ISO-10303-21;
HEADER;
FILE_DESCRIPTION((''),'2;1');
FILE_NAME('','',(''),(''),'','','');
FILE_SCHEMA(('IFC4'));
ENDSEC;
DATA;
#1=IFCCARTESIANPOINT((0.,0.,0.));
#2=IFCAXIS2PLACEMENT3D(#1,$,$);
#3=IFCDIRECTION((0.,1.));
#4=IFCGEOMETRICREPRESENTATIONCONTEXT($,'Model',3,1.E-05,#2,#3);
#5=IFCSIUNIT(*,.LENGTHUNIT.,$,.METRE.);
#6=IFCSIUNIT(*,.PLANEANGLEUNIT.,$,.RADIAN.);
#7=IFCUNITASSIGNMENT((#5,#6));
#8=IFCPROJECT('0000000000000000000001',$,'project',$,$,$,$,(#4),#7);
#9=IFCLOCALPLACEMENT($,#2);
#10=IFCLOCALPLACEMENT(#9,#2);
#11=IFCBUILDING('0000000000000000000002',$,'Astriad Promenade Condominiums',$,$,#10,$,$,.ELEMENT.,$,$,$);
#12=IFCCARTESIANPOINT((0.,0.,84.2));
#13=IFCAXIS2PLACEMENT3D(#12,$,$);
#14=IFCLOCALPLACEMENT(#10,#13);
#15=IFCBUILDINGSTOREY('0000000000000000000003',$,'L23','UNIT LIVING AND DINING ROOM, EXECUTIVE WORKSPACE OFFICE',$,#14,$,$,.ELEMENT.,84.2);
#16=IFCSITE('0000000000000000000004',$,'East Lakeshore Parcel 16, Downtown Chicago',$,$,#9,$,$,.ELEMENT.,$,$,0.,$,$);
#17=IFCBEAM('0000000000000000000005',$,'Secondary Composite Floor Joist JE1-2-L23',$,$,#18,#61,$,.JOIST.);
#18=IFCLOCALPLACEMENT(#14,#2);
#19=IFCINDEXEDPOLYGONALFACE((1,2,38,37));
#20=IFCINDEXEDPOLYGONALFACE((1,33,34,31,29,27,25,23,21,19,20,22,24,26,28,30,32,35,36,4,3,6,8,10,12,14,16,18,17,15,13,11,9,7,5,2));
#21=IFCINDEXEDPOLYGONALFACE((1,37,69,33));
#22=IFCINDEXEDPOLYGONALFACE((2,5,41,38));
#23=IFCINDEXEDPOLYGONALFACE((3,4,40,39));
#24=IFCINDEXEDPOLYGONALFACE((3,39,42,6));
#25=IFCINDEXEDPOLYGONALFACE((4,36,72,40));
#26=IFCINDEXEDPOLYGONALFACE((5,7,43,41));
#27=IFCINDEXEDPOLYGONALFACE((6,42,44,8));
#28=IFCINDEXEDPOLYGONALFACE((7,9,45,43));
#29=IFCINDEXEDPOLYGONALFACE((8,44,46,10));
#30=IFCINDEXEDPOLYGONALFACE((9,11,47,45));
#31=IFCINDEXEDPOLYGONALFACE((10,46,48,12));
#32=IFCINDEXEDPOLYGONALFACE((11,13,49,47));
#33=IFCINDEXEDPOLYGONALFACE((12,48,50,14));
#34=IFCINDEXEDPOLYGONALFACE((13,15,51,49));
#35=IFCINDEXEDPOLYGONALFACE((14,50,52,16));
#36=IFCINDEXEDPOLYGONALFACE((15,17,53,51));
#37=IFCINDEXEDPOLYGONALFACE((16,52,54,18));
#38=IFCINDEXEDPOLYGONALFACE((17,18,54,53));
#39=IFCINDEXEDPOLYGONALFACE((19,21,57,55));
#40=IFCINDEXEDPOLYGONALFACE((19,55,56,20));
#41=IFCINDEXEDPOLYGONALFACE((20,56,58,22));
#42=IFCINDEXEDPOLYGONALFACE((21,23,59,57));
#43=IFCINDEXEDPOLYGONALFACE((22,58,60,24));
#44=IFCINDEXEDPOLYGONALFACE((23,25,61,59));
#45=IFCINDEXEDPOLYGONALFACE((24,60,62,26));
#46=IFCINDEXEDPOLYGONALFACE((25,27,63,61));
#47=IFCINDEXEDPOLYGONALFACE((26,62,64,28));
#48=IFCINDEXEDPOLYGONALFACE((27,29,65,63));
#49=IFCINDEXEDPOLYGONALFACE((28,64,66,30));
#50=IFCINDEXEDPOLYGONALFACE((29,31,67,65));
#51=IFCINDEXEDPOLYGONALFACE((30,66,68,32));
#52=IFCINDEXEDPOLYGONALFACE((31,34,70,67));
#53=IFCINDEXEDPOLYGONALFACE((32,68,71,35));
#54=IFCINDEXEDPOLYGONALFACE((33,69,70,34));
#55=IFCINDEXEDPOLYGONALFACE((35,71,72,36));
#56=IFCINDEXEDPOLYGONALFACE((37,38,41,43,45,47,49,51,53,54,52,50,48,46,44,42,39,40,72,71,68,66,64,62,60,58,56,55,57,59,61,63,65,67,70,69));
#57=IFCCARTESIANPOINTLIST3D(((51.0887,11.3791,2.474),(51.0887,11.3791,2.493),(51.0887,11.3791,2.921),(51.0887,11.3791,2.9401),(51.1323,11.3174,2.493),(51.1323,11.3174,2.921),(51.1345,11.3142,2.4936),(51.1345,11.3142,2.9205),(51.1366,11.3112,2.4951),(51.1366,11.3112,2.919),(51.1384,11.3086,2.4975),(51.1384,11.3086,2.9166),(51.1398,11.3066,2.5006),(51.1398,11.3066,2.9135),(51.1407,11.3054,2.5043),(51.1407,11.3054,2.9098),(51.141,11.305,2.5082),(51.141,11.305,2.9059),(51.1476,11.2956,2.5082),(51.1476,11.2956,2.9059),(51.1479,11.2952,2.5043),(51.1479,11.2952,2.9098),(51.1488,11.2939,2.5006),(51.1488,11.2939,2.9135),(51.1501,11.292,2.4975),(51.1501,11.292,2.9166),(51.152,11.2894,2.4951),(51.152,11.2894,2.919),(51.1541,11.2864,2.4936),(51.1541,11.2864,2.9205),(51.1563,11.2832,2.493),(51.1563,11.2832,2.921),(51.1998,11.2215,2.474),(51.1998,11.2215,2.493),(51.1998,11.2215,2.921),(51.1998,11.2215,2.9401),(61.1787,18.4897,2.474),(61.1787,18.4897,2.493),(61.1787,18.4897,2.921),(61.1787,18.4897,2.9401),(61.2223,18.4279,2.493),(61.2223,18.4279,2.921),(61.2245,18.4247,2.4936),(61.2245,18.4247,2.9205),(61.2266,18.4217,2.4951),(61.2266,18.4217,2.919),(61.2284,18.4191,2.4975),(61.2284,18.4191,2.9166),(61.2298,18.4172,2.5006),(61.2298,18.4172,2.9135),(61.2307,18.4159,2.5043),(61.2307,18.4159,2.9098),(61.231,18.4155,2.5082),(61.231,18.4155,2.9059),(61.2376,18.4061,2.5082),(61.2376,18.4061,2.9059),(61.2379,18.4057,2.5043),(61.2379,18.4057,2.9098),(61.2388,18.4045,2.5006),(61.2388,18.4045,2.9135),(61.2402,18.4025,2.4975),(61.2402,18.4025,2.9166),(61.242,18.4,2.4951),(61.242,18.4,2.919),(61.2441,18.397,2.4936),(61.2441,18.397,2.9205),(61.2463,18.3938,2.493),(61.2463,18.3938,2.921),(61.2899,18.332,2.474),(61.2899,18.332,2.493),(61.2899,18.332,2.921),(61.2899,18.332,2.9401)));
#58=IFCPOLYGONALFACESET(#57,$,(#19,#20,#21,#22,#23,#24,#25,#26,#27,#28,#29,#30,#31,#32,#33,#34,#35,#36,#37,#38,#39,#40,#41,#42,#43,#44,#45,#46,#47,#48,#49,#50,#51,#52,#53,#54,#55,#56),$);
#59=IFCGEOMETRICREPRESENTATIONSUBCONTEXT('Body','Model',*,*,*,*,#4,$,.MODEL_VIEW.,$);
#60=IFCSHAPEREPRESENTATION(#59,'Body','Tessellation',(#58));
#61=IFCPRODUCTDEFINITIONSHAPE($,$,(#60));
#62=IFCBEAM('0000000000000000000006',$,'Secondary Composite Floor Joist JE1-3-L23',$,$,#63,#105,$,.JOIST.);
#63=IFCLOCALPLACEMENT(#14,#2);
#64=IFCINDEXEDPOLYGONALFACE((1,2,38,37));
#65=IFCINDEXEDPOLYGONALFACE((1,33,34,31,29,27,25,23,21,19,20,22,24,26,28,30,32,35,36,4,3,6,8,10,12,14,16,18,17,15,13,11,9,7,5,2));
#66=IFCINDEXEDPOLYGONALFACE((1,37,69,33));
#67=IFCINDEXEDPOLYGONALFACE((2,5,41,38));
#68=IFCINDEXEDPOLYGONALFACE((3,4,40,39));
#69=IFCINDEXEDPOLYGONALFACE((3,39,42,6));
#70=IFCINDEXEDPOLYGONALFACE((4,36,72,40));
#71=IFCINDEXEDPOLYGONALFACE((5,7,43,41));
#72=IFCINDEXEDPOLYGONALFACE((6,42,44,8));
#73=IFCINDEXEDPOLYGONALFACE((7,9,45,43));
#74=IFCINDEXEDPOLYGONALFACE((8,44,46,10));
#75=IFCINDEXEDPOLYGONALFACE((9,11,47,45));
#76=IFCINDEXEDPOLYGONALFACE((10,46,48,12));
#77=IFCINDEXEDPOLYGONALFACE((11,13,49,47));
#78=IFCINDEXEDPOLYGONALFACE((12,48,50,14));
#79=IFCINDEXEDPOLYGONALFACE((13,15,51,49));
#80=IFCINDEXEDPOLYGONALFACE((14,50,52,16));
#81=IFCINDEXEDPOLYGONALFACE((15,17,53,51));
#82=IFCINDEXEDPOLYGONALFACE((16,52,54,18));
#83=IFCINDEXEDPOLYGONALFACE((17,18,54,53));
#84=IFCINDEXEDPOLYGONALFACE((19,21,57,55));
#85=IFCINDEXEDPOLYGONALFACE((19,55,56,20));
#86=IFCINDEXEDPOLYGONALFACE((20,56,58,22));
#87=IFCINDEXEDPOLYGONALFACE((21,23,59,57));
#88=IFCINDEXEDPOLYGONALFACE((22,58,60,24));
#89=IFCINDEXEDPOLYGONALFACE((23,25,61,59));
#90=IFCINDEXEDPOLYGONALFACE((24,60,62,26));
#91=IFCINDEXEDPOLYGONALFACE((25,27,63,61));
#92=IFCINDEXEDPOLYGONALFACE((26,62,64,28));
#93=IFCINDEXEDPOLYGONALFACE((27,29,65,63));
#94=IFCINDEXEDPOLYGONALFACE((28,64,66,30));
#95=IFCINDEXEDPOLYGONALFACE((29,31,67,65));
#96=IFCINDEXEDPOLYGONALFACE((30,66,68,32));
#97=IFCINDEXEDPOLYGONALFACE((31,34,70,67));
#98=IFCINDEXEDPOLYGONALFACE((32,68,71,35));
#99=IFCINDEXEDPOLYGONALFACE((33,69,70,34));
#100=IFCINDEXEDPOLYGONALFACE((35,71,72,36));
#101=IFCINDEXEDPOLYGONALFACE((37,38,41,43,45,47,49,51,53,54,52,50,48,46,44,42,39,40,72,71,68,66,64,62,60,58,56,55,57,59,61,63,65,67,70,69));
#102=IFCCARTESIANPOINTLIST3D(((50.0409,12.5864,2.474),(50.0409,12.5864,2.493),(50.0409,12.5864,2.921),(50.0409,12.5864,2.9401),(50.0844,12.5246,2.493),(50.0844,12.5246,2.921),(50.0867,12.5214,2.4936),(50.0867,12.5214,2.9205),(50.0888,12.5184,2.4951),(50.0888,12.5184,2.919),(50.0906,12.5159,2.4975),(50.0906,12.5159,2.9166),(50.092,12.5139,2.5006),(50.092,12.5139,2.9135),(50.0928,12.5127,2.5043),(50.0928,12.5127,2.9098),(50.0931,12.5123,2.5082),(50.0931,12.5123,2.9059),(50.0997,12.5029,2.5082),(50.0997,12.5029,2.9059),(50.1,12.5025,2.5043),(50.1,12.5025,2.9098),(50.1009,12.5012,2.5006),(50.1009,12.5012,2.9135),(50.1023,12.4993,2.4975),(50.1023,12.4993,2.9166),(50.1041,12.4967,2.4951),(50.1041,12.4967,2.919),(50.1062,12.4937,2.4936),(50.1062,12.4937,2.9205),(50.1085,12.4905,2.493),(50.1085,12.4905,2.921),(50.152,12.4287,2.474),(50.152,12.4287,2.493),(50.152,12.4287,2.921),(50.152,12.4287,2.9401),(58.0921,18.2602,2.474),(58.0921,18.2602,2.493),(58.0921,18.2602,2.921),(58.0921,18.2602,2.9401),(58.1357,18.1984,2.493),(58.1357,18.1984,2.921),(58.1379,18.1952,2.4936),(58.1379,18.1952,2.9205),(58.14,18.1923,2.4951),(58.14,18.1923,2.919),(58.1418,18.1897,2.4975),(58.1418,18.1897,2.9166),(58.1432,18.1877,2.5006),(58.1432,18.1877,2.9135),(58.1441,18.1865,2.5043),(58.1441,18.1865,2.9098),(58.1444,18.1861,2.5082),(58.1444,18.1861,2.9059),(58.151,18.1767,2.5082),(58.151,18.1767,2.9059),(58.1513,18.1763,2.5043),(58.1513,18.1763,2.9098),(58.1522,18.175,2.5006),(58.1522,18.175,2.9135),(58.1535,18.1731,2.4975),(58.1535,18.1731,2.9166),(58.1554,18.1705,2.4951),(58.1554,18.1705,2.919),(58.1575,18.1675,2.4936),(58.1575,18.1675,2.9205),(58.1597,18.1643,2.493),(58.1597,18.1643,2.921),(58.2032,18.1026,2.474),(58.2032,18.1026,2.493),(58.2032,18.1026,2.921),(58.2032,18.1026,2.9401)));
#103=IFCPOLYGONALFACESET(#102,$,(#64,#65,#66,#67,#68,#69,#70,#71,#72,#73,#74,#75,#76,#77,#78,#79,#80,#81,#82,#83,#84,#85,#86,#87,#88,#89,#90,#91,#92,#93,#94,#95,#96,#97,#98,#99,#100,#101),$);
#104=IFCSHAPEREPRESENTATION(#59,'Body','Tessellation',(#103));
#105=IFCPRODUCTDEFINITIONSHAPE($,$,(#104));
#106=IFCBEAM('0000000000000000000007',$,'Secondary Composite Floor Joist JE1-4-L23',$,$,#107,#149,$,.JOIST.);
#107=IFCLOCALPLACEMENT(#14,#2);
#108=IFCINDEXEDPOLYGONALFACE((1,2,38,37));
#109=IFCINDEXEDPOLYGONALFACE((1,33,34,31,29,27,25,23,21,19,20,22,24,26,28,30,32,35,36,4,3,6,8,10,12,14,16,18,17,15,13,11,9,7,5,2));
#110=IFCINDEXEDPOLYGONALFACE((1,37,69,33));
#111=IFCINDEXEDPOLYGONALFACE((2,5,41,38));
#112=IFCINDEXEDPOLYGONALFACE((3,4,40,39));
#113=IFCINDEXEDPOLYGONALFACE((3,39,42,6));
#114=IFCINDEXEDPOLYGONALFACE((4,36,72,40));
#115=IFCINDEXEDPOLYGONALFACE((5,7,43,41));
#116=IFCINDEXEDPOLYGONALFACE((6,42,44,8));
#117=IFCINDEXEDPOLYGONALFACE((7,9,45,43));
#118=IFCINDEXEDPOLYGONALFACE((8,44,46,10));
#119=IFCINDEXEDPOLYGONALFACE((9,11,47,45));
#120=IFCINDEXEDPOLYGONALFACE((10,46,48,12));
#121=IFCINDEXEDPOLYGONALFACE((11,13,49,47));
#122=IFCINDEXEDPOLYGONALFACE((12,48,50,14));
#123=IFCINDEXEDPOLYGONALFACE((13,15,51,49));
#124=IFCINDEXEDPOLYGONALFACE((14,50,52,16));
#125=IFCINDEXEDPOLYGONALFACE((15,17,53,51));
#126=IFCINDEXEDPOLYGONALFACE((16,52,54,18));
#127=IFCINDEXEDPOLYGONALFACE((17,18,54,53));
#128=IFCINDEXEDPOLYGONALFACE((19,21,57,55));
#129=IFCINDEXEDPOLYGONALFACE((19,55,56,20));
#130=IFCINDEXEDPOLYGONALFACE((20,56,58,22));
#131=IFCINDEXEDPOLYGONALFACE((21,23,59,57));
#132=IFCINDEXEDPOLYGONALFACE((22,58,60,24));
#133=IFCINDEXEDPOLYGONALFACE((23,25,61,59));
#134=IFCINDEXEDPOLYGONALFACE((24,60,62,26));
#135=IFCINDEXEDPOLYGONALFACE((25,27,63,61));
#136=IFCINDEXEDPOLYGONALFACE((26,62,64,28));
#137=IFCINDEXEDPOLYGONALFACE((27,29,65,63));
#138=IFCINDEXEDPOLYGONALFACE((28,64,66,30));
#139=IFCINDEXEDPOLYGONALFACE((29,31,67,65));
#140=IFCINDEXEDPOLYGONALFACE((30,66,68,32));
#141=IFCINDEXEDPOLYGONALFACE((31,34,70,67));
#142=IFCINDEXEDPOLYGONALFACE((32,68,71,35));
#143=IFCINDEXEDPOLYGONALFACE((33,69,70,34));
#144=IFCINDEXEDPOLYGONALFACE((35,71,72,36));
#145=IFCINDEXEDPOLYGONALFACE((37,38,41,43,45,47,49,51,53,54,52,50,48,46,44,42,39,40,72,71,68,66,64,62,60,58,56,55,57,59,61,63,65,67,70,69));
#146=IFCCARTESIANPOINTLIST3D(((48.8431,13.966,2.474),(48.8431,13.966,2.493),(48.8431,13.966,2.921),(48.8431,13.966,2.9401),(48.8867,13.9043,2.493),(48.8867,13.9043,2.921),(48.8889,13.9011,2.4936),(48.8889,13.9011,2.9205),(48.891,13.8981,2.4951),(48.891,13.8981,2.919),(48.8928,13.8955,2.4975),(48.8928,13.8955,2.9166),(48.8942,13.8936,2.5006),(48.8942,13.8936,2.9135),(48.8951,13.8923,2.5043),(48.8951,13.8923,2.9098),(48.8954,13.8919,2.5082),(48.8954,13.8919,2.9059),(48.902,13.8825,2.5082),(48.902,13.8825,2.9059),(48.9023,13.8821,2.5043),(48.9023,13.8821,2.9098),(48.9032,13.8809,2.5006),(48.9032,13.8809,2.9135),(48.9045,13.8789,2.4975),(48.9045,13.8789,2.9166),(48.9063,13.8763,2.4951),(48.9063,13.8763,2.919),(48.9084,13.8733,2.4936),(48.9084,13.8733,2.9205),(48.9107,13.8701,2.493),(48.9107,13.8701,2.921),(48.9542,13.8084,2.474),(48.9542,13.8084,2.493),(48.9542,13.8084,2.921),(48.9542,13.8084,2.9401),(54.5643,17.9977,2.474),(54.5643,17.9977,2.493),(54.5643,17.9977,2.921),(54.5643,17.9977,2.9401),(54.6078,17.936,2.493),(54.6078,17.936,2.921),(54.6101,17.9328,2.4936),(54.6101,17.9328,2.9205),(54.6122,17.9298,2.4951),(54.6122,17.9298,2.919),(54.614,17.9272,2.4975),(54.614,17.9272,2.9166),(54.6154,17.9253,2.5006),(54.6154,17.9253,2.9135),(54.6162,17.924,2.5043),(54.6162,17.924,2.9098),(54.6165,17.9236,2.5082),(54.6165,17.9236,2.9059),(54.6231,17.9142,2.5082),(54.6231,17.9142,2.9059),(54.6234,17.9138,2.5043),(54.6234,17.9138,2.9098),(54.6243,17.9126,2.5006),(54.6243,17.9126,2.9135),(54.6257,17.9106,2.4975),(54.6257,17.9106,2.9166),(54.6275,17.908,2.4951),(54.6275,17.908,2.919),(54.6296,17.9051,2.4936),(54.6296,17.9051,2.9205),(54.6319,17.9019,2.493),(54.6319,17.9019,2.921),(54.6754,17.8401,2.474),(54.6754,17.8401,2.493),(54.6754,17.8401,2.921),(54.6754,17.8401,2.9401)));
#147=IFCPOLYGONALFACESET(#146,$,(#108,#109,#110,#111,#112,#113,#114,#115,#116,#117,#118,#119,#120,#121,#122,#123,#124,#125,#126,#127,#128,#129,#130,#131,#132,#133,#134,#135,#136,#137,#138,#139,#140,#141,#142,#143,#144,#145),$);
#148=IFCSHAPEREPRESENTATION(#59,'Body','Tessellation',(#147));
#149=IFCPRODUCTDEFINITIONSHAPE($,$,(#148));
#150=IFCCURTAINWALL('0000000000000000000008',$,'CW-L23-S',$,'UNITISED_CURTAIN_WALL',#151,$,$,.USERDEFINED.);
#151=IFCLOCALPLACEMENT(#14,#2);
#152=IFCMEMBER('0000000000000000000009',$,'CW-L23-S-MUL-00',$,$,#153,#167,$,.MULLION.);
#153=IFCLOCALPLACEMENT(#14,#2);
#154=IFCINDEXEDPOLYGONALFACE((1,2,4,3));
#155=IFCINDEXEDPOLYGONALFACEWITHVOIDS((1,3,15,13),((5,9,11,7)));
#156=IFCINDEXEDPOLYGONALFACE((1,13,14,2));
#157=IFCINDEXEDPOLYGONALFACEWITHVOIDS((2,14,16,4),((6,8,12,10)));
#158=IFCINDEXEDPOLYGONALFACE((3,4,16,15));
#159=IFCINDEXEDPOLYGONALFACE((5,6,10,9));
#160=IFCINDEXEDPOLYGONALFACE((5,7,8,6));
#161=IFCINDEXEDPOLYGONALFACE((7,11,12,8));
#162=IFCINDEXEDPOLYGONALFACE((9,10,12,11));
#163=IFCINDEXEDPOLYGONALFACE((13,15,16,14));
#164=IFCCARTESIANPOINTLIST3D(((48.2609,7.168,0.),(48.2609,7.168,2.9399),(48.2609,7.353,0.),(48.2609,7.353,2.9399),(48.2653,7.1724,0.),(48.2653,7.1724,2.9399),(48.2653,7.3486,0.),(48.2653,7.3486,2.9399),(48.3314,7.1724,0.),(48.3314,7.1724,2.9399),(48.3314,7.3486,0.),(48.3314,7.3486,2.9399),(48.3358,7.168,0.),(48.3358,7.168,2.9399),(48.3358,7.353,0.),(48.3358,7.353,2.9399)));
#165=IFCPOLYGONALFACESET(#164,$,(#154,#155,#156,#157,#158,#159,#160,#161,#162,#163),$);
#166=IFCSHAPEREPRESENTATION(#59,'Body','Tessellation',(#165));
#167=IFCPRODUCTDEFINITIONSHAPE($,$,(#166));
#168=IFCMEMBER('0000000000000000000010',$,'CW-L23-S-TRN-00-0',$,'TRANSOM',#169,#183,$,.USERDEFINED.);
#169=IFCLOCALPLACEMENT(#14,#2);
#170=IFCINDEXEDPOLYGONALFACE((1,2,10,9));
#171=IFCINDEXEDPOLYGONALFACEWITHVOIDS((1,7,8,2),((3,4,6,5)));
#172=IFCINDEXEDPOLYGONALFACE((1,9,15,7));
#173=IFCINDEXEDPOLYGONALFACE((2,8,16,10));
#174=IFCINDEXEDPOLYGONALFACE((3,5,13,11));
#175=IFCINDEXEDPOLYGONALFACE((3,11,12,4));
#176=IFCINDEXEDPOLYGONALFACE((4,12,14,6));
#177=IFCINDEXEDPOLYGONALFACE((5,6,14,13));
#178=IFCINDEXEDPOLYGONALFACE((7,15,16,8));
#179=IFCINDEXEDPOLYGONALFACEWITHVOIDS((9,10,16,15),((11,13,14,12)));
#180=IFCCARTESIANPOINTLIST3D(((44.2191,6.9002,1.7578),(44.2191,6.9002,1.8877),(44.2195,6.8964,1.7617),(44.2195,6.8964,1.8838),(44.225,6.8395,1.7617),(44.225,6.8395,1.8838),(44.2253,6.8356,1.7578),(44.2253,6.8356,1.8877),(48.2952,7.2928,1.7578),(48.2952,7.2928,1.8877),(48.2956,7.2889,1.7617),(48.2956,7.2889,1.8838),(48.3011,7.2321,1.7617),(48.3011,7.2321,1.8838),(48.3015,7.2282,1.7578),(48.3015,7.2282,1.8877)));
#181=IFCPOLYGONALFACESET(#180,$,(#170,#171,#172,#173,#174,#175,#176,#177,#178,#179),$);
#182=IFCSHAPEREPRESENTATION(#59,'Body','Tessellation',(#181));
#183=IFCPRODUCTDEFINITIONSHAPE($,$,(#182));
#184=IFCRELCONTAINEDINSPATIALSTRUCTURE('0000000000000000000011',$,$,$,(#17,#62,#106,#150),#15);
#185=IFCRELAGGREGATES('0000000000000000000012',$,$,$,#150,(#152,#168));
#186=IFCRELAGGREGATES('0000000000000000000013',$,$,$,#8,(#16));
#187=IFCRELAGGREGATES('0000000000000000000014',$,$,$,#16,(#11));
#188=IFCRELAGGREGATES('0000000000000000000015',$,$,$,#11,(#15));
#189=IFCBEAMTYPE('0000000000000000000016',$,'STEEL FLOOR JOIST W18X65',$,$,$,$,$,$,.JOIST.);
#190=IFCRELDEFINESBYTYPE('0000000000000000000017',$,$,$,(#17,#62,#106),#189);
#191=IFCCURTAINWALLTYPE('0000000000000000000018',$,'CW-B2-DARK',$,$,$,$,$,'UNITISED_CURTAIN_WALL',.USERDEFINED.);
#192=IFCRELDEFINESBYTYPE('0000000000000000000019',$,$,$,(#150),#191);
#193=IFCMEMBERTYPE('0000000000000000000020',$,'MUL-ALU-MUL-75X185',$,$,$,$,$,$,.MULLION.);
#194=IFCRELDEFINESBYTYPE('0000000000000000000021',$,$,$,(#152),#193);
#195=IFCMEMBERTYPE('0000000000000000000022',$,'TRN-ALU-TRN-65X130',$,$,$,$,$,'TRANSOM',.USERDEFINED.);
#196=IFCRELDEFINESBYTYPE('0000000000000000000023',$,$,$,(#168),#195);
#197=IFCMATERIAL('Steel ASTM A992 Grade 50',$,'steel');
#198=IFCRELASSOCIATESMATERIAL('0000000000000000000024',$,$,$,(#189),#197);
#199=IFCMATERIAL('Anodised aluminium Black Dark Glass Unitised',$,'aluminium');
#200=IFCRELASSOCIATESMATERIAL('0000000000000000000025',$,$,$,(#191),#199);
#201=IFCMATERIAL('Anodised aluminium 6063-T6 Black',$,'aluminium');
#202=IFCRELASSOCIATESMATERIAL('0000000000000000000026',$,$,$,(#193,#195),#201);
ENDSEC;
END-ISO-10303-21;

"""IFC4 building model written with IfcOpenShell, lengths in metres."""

from ifc_helpers import new_model, si_unit, direction, frame, origin, origin_2d, place, context, subcontext, project, spatial, hollow_rectangle, i_section, extrude, source, transform, mapped, material, material_profile, profile_set, type_object, type_shapes, element, aggregate, save


model = new_model("IFC4")

# Units and contexts
model_context = context("Model", 3, precision=1e-05, world=origin(), true_north=direction((0.0, 1.0)))
body_context = subcontext(model_context, "Body", "Model", "MODEL_VIEW")
ifc_project = project(units=[si_unit("LENGTHUNIT", "METRE"), si_unit("PLANEANGLEUNIT", "RADIAN")], contexts=[model_context])

# Site, building, storey
site_placement = place(None, origin())
site = spatial("IfcSite", under=ifc_project, at=site_placement, Name="East Lakeshore Parcel 16, Downtown Chicago", CompositionType="ELEMENT", RefElevation=0.0)
building_placement = place(site_placement, origin())
building = spatial("IfcBuilding", under=site, at=building_placement, Name="Astriad Promenade Condominiums", CompositionType="ELEMENT")
storey_placement = place(building_placement, frame((0.0, 0.0, 84.2)))
storey = spatial("IfcBuildingStorey", under=building, at=storey_placement, Name="L23", Description="UNIT LIVING AND DINING ROOM, EXECUTIVE WORKSPACE OFFICE", CompositionType="ELEMENT", Elevation=84.2)

# Beams
ifc_material_1 = material(Name="Steel ASTM A992 Grade 50", Category="steel")
ifc_material_profile_1 = material_profile(ifc_material_1, i_section(OverallWidth=0.1929, OverallDepth=0.4661, WebThickness=0.0115, FlangeThickness=0.019, FilletRadius=0.0151, at=origin_2d()), Name="W18X65")
ifc_profile_set_1 = profile_set([ifc_material_profile_1], Name="Steel ASTM A992 Grade 50")
beam_type_1 = type_object("IfcBeamType", Name="STEEL FLOOR JOIST W18X65", PredefinedType="JOIST", material=ifc_profile_set_1)
shared_shape_1 = source(origin(), body_context, "Body", "SweptSolid", [
    extrude(i_section(OverallWidth=0.1929, OverallDepth=0.4661, WebThickness=0.0115, FlangeThickness=0.019, FilletRadius=0.0151, at=origin_2d()), origin(), (0.0, 0.0, 1.0), 12.3438),
])
beam_1_placement = place(storey_placement, frame((51.1443, 11.3003, 2.707), z_axis=(0.817419, 0.576044, 0.0), x_axis=(-0.576044, 0.817419, 0.0)))
element("IfcBeam", 1, at=beam_1_placement, inside=storey, type_object=beam_type_1, Name="Secondary Composite Floor Joist JE1-2-L23", PredefinedType="JOIST", context=body_context, shape_type="MappedRepresentation", body=[
    mapped(shared_shape_1, transform((0.0, 0.0, 0.0), scale=1.0)),
])
shared_shape_2 = source(origin(), body_context, "Body", "SweptSolid", [
    extrude(i_section(OverallWidth=0.1929, OverallDepth=0.4661, WebThickness=0.0115, FlangeThickness=0.019, FilletRadius=0.0151, at=origin_2d()), origin(), (0.0, 0.0, 1.0), 9.8496),
])
beam_2_placement = place(storey_placement, frame((50.0964, 12.5076, 2.707), z_axis=(0.817418, 0.576045, 0.0), x_axis=(-0.576045, 0.817418, 0.0)))
element("IfcBeam", 2, at=beam_2_placement, inside=storey, type_object=beam_type_1, Name="Secondary Composite Floor Joist JE1-3-L23", PredefinedType="JOIST", context=body_context, shape_type="MappedRepresentation", body=[
    mapped(shared_shape_2, transform((0.0, 0.0, 0.0), scale=1.0)),
])
shared_shape_3 = source(origin(), body_context, "Body", "SweptSolid", [
    extrude(i_section(OverallWidth=0.1929, OverallDepth=0.4661, WebThickness=0.0115, FlangeThickness=0.019, FilletRadius=0.0151, at=origin_2d()), origin(), (0.0, 0.0, 1.0), 6.999),
])
beam_3_placement = place(storey_placement, frame((48.8987, 13.8872, 2.707), z_axis=(0.817422, 0.576039, 0.0), x_axis=(-0.576039, 0.817422, 0.0)))
element("IfcBeam", 3, at=beam_3_placement, inside=storey, type_object=beam_type_1, Name="Secondary Composite Floor Joist JE1-4-L23", PredefinedType="JOIST", context=body_context, shape_type="MappedRepresentation", body=[
    mapped(shared_shape_3, transform((0.0, 0.0, 0.0), scale=1.0)),
])

# Curtain wall, members
ifc_material_2 = material(Name="Anodised aluminium Black Dark Glass Unitised", Category="aluminium")
curtain_wall_type = type_object("IfcCurtainWallType", Name="CW-B2-DARK", ElementType="UNITISED_CURTAIN_WALL", PredefinedType="USERDEFINED", material=ifc_material_2)
curtain_wall_placement = place(storey_placement, origin())
curtain_wall = element("IfcCurtainWall", 4, at=curtain_wall_placement, inside=storey, type_object=curtain_wall_type, Name="CW-L23-S", ObjectType="UNITISED_CURTAIN_WALL", PredefinedType="USERDEFINED")
ifc_material_3 = material(Name="Anodised aluminium 6063-T6 Black", Category="aluminium")
ifc_material_profile_2 = material_profile(ifc_material_3, hollow_rectangle(XDim=0.075, YDim=0.1851, WallThickness=0.0044, at=origin_2d()), Name="ALU-MUL-75X185")
ifc_profile_set_2 = profile_set([ifc_material_profile_2], Name="Anodised aluminium 6063-T6 Black")
member_type_1 = type_object("IfcMemberType", Name="MUL-ALU-MUL-75X185", PredefinedType="MULLION", material=ifc_profile_set_2)
shared_shape_4 = source(origin(), body_context, "Body", "SweptSolid", [
    extrude(hollow_rectangle(XDim=0.075, YDim=0.1851, WallThickness=0.0044, at=origin_2d()), origin(), (0.0, 0.0, 1.0), 2.9399),
])
type_shapes(member_type_1, [shared_shape_4])
member_1_placement = place(storey_placement, frame((48.2983, 7.2605, 0.0), z_axis=(0.0, 0.0, 1.0), x_axis=(1.0, 0.0, 0.0)))
member_1 = element("IfcMember", 5, at=member_1_placement, type_object=member_type_1, Name="CW-L23-S-MUL-00", PredefinedType="MULLION", context=body_context, shape_type="MappedRepresentation", body=[
    mapped(shared_shape_4, transform((0.0, 0.0, 0.0), scale=1.0)),
])
ifc_material_profile_3 = material_profile(ifc_material_3, hollow_rectangle(XDim=0.0649, YDim=0.1299, WallThickness=0.0039, at=origin_2d()), Name="ALU-TRN-65X130")
ifc_profile_set_3 = profile_set([ifc_material_profile_3], Name="Anodised aluminium 6063-T6 Black")
member_type_2 = type_object("IfcMemberType", Name="TRN-ALU-TRN-65X130", ElementType="TRANSOM", PredefinedType="USERDEFINED", material=ifc_profile_set_3)
shared_shape_5 = source(origin(), body_context, "Body", "SweptSolid", [
    extrude(hollow_rectangle(XDim=0.0649, YDim=0.1299, WallThickness=0.0039, at=origin_2d()), origin(), (0.0, 0.0, 1.0), 4.095),
])
type_shapes(member_type_2, [shared_shape_5])
member_2_placement = place(storey_placement, frame((48.2983, 7.2605, 1.8228), z_axis=(-0.995394, -0.095867, 0.0), x_axis=(0.095867, -0.995394, 0.0)))
member_2 = element("IfcMember", 6, at=member_2_placement, type_object=member_type_2, Name="CW-L23-S-TRN-00-0", ObjectType="TRANSOM", PredefinedType="USERDEFINED", context=body_context, shape_type="MappedRepresentation", body=[
    mapped(shared_shape_5, transform((0.0, 0.0, 0.0), scale=1.0)),
])
aggregate(curtain_wall, [member_1, member_2])

save(model, "model.ifc")
